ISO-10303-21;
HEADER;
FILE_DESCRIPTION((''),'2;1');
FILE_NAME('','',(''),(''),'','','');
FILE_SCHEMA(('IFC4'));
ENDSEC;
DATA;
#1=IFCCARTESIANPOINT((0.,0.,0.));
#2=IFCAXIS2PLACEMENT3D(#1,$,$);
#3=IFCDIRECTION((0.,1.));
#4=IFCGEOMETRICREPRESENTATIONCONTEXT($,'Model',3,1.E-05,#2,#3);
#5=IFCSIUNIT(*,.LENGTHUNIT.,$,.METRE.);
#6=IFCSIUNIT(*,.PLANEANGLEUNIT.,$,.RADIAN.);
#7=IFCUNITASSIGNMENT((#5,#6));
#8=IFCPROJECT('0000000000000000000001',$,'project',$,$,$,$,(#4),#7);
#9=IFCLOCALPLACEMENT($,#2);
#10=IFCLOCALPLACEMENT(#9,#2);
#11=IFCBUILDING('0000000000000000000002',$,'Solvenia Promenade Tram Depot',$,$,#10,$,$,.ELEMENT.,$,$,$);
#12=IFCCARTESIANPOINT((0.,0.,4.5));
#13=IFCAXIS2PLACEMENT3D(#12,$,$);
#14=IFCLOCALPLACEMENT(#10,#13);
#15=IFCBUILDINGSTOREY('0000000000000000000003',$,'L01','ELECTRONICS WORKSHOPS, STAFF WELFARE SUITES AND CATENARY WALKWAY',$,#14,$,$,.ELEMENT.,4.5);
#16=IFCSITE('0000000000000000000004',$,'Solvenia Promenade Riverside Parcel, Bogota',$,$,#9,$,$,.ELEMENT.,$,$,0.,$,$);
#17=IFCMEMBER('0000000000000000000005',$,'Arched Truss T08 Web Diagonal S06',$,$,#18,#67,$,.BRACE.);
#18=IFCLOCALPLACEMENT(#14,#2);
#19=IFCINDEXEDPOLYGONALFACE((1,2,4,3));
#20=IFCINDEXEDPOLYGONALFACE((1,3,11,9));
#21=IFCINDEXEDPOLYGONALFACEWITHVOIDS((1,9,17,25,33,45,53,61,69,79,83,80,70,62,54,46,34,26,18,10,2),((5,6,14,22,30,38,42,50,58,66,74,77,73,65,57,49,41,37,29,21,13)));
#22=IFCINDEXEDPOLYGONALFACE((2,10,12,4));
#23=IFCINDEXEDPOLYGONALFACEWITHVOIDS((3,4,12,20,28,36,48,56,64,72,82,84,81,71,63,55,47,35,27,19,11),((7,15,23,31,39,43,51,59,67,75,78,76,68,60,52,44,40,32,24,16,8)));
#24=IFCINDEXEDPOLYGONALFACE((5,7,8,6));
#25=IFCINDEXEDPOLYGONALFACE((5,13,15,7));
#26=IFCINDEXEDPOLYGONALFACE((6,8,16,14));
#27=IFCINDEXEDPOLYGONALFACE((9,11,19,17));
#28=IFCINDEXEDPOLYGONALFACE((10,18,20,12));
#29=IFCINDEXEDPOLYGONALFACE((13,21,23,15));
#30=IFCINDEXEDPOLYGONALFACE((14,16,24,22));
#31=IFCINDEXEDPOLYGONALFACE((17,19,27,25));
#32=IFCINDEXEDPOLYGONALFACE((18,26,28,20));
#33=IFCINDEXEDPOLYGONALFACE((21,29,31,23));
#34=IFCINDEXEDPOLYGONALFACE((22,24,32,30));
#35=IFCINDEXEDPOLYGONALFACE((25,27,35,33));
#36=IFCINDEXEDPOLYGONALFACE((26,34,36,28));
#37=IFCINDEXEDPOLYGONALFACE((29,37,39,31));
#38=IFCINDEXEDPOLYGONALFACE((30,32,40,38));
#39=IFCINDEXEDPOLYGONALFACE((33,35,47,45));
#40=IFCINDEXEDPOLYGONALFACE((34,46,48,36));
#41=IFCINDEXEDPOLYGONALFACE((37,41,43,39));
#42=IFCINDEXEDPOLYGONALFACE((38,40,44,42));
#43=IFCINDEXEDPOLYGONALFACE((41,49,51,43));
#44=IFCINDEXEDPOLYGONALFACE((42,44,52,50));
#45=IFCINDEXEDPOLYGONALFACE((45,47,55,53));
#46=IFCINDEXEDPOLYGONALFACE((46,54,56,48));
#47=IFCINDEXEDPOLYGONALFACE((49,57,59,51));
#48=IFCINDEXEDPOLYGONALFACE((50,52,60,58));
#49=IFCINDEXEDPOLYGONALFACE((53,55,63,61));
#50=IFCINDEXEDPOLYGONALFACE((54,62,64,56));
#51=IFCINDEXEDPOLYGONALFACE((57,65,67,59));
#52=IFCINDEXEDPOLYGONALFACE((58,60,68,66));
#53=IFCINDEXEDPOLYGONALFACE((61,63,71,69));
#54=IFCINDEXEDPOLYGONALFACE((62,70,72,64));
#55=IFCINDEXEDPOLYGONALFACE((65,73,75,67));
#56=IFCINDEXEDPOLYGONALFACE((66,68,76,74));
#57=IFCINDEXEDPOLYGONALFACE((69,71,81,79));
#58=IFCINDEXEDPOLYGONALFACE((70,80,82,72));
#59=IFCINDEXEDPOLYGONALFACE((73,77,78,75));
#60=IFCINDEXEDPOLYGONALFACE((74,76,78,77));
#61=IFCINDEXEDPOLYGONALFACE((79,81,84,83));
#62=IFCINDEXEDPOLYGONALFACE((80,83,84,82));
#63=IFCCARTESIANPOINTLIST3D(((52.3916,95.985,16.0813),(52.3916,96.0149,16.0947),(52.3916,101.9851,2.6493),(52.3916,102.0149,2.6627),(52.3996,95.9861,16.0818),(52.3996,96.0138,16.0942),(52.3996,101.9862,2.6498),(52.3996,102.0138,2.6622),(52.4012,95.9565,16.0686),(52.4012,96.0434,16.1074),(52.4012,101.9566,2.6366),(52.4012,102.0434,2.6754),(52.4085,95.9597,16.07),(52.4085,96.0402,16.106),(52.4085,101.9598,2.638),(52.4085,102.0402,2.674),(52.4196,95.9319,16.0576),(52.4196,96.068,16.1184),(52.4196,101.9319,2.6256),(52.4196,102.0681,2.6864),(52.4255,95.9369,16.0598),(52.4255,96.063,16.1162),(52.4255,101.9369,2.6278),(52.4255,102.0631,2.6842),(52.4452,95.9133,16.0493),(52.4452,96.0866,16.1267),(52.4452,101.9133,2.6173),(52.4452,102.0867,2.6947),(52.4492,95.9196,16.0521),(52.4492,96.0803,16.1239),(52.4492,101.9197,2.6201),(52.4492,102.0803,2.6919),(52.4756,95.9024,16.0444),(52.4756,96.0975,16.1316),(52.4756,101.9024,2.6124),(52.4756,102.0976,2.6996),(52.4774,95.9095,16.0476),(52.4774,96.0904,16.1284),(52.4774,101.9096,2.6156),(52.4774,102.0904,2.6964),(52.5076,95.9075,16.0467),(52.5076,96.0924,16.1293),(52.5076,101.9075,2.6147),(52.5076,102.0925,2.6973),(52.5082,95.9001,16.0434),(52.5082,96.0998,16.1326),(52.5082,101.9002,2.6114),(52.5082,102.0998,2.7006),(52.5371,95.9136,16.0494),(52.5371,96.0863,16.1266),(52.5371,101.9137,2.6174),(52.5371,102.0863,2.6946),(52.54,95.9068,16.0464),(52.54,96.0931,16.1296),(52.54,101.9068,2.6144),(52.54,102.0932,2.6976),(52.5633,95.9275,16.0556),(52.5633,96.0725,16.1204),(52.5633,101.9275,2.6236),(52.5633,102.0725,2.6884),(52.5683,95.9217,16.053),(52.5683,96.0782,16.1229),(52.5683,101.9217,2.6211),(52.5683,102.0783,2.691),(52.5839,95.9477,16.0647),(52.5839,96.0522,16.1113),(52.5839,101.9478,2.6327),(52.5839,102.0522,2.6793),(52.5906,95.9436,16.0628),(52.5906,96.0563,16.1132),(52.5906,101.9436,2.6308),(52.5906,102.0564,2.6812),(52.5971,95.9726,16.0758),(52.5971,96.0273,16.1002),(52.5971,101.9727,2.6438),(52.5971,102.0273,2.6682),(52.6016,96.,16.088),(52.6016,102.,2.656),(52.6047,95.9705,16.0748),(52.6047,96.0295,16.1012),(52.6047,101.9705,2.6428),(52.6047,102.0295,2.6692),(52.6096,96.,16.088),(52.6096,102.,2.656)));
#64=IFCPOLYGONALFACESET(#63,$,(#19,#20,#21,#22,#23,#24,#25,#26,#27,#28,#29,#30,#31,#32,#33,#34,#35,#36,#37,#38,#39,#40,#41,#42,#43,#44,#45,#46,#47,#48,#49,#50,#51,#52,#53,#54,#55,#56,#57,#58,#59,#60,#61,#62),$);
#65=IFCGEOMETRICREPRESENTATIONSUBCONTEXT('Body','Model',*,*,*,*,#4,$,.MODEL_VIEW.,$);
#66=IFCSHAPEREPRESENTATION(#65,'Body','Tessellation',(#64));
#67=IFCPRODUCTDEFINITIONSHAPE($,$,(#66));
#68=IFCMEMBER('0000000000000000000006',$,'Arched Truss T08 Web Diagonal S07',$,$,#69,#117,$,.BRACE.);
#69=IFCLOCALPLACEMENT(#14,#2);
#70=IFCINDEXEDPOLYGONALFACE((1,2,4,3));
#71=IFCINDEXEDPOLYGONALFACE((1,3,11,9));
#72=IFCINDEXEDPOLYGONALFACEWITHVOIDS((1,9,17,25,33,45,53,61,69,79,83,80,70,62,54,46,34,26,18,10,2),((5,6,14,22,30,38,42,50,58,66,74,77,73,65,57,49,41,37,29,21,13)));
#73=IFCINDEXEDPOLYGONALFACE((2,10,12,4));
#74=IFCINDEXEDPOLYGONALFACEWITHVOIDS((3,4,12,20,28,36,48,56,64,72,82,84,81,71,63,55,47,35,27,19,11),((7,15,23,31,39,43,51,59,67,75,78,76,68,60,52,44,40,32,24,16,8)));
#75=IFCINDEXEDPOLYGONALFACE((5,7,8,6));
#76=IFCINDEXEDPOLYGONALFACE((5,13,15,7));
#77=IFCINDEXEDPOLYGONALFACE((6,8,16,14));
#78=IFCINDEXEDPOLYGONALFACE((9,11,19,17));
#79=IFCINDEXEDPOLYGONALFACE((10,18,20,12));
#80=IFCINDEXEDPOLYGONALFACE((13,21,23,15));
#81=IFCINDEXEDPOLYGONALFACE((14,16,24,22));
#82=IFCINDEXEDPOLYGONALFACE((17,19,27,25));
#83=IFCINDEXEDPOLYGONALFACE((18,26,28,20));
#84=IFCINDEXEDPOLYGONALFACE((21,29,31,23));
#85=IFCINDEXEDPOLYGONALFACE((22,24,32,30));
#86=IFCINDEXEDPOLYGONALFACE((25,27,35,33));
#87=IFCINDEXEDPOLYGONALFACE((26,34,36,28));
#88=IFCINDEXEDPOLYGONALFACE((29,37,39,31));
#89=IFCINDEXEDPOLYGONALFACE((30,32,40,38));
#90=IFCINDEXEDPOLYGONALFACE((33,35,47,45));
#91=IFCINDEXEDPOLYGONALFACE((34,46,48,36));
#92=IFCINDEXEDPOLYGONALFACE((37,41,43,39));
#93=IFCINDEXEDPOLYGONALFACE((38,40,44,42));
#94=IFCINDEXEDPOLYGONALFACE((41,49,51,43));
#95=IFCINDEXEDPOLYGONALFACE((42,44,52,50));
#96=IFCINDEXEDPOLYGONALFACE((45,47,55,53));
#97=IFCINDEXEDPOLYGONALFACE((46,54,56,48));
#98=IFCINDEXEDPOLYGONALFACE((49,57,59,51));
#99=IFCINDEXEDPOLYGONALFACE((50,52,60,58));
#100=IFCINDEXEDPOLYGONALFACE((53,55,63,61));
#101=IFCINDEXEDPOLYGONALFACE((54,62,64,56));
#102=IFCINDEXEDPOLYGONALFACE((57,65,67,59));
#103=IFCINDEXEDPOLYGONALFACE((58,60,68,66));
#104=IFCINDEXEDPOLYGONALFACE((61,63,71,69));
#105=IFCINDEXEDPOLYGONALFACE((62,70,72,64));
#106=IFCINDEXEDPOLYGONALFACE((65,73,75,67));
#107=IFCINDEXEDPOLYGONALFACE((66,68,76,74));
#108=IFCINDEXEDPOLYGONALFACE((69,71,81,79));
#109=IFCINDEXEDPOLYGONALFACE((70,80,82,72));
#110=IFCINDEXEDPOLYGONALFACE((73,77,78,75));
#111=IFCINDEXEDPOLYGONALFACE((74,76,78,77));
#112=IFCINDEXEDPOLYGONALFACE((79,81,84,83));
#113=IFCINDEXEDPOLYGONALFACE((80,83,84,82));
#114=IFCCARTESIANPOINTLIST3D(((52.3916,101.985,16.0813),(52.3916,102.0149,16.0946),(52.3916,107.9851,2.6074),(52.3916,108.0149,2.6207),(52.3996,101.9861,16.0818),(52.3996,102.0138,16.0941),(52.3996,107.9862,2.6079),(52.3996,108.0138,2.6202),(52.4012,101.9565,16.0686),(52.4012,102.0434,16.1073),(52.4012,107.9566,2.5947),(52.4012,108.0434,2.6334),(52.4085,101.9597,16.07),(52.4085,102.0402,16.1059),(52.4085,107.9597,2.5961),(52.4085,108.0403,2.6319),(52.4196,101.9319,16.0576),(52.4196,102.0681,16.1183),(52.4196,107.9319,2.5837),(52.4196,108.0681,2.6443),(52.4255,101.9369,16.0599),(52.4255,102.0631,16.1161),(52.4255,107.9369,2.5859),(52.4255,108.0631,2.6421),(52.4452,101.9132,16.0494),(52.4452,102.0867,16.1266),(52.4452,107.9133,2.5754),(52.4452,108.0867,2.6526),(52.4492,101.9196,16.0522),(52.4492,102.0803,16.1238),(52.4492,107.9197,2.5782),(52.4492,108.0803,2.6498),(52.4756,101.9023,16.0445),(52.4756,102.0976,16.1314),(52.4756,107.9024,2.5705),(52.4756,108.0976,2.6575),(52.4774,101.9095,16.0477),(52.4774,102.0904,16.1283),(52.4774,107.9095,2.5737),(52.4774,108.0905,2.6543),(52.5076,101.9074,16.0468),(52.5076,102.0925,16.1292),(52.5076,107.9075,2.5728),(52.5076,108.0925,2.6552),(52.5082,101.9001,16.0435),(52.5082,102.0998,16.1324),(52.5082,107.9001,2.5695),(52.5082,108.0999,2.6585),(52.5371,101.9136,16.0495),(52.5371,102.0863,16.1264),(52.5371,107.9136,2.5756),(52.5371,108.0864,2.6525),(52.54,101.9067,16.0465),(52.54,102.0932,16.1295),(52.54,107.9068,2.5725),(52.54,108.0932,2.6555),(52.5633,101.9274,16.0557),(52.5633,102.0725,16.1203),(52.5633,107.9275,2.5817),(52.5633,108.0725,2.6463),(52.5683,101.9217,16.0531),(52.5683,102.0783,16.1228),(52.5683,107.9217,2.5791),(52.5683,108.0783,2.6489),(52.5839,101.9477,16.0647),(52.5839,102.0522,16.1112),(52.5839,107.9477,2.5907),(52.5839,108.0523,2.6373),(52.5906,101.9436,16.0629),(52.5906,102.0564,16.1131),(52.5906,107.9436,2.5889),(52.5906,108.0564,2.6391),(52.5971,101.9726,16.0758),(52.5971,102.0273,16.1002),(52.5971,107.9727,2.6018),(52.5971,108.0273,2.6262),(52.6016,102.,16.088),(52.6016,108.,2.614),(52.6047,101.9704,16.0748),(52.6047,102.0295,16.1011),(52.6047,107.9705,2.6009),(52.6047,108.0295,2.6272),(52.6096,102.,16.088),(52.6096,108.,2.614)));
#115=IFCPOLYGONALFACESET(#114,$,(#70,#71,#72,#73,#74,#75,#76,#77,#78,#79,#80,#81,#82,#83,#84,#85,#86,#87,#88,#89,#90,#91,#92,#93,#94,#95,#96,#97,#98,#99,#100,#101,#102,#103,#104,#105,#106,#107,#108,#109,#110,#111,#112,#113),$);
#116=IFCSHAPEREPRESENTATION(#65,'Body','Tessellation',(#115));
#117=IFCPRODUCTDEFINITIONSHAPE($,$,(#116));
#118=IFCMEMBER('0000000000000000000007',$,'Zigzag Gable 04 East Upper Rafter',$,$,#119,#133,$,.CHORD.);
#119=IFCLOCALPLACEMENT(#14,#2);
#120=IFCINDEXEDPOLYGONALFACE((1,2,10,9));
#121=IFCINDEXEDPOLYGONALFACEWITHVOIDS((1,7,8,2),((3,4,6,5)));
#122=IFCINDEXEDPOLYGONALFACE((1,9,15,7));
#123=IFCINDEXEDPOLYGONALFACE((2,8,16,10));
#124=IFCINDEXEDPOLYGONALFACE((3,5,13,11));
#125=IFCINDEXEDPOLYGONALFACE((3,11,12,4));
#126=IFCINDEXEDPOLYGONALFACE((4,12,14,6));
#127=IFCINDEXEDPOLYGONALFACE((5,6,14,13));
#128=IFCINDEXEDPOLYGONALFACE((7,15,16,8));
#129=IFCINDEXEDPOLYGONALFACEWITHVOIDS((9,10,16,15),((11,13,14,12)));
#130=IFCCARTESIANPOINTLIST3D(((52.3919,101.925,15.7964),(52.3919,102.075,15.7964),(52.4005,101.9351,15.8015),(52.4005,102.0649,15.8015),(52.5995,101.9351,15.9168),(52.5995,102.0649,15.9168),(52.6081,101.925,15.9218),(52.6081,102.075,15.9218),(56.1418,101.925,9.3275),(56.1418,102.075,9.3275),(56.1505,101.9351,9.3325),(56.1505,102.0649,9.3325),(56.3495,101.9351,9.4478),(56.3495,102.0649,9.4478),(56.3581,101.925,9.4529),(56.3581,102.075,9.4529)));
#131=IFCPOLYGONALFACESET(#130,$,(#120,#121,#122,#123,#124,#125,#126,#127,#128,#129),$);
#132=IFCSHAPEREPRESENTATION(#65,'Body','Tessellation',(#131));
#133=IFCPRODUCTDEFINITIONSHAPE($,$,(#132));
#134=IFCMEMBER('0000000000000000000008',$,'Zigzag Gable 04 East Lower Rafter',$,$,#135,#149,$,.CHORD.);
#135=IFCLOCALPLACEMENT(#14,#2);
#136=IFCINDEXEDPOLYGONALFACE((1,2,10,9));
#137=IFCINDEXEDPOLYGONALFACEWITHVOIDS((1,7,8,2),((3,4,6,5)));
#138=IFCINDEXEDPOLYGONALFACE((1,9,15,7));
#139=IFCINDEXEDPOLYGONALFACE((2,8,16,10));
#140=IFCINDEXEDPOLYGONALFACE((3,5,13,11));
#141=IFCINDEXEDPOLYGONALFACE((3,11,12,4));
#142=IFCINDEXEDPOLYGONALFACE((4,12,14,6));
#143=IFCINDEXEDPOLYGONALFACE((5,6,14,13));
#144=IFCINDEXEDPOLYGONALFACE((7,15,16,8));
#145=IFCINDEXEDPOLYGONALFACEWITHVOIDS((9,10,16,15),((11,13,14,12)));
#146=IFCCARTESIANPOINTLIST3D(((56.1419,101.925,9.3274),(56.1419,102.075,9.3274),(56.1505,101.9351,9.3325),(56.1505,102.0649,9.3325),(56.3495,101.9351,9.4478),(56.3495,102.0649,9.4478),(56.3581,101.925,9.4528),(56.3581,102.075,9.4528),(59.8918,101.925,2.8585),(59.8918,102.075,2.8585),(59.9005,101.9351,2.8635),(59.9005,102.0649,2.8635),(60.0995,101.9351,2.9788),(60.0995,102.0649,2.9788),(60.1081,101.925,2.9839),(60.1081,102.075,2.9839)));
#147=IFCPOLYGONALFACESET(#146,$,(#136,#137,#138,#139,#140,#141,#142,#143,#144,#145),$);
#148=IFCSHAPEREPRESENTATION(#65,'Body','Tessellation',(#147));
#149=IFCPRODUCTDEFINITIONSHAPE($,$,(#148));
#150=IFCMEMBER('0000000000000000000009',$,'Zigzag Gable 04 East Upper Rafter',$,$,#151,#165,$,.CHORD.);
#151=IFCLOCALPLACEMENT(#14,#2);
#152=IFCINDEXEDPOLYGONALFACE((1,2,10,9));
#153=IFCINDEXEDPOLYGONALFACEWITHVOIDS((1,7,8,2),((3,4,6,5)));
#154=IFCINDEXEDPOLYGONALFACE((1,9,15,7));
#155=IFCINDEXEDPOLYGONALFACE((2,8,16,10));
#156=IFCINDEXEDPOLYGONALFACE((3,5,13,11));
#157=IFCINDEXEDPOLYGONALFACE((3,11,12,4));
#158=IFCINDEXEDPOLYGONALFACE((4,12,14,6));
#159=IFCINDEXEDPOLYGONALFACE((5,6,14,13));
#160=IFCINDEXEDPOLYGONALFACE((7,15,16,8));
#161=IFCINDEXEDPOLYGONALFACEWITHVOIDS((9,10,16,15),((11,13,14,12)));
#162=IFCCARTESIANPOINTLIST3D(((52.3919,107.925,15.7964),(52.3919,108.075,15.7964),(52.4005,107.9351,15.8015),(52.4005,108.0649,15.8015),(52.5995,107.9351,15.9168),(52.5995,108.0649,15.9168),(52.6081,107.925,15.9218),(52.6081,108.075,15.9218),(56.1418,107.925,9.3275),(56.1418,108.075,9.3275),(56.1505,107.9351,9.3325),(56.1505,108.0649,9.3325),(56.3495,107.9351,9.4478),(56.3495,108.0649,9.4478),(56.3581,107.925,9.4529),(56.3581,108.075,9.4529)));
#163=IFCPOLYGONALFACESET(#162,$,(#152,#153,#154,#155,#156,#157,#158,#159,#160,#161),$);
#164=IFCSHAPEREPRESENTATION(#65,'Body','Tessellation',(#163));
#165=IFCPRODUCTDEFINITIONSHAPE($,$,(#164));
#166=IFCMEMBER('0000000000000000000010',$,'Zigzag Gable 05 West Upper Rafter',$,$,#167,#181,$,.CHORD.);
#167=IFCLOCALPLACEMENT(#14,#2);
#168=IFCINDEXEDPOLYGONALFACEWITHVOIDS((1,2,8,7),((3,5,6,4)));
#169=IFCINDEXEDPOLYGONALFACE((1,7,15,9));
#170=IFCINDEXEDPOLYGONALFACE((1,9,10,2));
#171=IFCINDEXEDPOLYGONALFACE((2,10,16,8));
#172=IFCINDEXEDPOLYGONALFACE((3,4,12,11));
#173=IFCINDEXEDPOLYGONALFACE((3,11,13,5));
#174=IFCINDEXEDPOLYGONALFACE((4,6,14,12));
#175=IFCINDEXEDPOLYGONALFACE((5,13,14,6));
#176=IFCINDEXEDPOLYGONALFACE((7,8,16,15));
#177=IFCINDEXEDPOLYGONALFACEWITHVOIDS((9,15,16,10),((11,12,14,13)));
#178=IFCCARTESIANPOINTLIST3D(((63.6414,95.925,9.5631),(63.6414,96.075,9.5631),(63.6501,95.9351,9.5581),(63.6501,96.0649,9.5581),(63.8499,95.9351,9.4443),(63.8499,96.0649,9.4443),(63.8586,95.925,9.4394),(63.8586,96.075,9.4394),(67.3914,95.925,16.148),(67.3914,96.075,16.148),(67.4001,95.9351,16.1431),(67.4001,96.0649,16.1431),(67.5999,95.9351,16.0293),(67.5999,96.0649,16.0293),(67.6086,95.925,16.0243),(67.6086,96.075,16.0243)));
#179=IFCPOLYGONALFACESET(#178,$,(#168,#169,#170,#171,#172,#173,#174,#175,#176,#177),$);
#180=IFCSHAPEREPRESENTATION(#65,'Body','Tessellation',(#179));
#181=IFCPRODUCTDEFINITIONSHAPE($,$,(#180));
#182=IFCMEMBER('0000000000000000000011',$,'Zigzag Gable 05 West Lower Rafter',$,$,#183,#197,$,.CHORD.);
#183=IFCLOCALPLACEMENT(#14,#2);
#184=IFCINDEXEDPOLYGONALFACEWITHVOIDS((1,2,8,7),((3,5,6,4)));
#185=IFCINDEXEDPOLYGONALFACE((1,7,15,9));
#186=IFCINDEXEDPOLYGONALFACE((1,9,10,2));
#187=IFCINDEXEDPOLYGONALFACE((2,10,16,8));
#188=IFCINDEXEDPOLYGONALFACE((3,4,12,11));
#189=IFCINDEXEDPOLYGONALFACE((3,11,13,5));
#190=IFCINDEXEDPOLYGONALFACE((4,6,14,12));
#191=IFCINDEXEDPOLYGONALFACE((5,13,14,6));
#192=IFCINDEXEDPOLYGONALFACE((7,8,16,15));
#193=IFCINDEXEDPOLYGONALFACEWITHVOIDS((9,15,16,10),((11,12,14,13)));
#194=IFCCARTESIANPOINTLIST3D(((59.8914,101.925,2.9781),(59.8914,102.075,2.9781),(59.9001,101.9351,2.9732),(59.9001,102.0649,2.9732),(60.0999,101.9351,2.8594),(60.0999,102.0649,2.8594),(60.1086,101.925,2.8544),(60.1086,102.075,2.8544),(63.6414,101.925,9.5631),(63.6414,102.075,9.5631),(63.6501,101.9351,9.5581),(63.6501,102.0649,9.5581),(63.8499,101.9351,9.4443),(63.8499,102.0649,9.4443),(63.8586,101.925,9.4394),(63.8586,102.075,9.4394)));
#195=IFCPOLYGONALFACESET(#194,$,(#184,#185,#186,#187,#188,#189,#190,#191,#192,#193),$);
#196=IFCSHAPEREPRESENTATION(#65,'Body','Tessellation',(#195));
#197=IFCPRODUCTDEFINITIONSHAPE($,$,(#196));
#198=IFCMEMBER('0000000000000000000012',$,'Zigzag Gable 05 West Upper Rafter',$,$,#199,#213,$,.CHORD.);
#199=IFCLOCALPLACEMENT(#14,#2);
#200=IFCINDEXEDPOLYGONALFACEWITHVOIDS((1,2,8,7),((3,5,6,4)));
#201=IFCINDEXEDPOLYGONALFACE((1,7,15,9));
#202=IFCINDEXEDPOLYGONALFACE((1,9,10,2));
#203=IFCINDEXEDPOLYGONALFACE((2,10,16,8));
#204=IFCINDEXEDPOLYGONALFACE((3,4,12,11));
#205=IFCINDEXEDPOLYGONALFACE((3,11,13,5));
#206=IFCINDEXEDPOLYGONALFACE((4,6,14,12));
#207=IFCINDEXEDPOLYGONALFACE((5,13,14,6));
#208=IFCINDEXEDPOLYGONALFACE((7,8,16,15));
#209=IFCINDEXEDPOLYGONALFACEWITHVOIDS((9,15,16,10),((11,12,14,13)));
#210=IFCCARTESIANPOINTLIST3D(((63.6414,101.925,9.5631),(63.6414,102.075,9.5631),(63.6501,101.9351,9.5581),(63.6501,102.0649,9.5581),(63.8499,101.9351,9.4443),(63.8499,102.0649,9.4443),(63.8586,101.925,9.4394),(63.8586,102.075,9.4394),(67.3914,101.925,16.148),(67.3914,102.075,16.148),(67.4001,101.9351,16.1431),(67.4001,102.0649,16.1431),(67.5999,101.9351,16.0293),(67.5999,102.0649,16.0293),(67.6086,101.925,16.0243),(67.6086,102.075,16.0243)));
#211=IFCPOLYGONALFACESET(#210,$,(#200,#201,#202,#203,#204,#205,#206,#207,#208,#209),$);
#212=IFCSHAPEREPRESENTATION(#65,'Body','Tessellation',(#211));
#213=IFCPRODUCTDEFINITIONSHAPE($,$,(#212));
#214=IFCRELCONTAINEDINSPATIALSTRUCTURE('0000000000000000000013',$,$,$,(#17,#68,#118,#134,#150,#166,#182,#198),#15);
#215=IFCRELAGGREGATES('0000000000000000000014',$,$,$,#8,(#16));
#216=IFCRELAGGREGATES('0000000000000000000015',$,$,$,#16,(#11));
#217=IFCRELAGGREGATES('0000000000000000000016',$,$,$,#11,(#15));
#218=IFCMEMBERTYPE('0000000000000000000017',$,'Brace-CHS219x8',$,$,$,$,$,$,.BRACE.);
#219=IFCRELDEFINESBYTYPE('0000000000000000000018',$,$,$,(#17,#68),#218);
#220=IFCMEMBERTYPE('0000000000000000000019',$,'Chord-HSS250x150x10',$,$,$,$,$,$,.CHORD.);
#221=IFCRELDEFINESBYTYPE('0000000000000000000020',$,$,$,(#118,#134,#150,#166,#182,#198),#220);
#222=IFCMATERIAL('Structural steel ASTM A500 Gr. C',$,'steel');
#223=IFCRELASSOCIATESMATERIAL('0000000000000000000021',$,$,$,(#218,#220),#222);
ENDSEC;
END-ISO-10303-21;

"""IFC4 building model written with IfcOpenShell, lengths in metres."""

from ifc_helpers import new_model, si_unit, direction, frame, origin, origin_2d, place, context, subcontext, project, spatial, hollow_rectangle, hollow_circle, extrude, material, material_profile, profile_set, type_object, element, save


model = new_model("IFC4")

# Units and contexts
model_context = context("Model", 3, precision=1e-05, world=origin(), true_north=direction((0.0, 1.0)))
body_context = subcontext(model_context, "Body", "Model", "MODEL_VIEW")
ifc_project = project(units=[si_unit("LENGTHUNIT", "METRE"), si_unit("PLANEANGLEUNIT", "RADIAN")], contexts=[model_context])

# Site, building, storey
site_placement = place(None, origin())
site = spatial("IfcSite", under=ifc_project, at=site_placement, Name="Solvenia Promenade Riverside Parcel, Bogota", CompositionType="ELEMENT", RefElevation=0.0)
building_placement = place(site_placement, origin())
building = spatial("IfcBuilding", under=site, at=building_placement, Name="Solvenia Promenade Tram Depot", CompositionType="ELEMENT")
storey_placement = place(building_placement, frame((0.0, 0.0, 4.5)))
storey = spatial("IfcBuildingStorey", under=building, at=storey_placement, Name="L01", Description="ELECTRONICS WORKSHOPS, STAFF WELFARE SUITES AND CATENARY WALKWAY", CompositionType="ELEMENT", Elevation=4.5)

# Members
ifc_material_1 = material(Name="Structural steel ASTM A500 Gr. C", Category="steel")
ifc_material_profile_1 = material_profile(ifc_material_1, hollow_circle(Radius=0.1096, WallThickness=0.0081, at=origin_2d()), Name="CHS219.1x8", Category="steel")
ifc_profile_set_1 = profile_set([ifc_material_profile_1], Name="Structural steel ASTM A500 Gr. C")
member_type_1 = type_object("IfcMemberType", Name="Brace-CHS219x8", PredefinedType="BRACE", material=ifc_profile_set_1)
member_1_placement = place(storey_placement, frame((52.5, 102.0, 2.656), z_axis=(0.0, -0.407856, 0.913046), x_axis=(1.0, 0.0, 0.0)))
element("IfcMember", 1, at=member_1_placement, inside=storey, type_object=member_type_1, Name="Arched Truss T08 Web Diagonal S06", PredefinedType="BRACE", context=body_context, shape_type="SweptSolid", body=[
    extrude(hollow_circle(Radius=0.1096, WallThickness=0.0081, at=origin_2d()), origin(), (0.0, 0.0, 1.0), 14.7112),
])
member_2_placement = place(storey_placement, frame((52.5, 108.0, 2.614), z_axis=(0.0, -0.406796, 0.913519), x_axis=(1.0, 0.0, 0.0)))
element("IfcMember", 2, at=member_2_placement, inside=storey, type_object=member_type_1, Name="Arched Truss T08 Web Diagonal S07", PredefinedType="BRACE", context=body_context, shape_type="SweptSolid", body=[
    extrude(hollow_circle(Radius=0.1096, WallThickness=0.0081, at=origin_2d()), origin(), (0.0, 0.0, 1.0), 14.7495),
])
ifc_material_profile_2 = material_profile(ifc_material_1, hollow_rectangle(XDim=0.1499, YDim=0.25, WallThickness=0.01, at=origin_2d()), Name="HSS250x150x10", Category="steel")
ifc_profile_set_2 = profile_set([ifc_material_profile_2], Name="Structural steel ASTM A500 Gr. C")
member_type_2 = type_object("IfcMemberType", Name="Chord-HSS250x150x10", PredefinedType="CHORD", material=ifc_profile_set_2)
for number, where, z_axis, x_axis, name in (
    (3, (52.5, 102.0, 15.8591), (0.501516, 0.0, -0.865148), (0.0, 1.0, 0.0), "Zigzag Gable 04 East Upper Rafter"),
    (4, (56.25, 102.0, 9.3901), (0.501516, 0.0, -0.865148), (0.0, 1.0, 0.0), "Zigzag Gable 04 East Lower Rafter"),
    (5, (52.5, 108.0, 15.8591), (0.501516, 0.0, -0.865148), (0.0, 1.0, 0.0), "Zigzag Gable 04 East Upper Rafter"),
):
    element("IfcMember", number, at=place(storey_placement, frame(where, z_axis=z_axis, x_axis=x_axis)), inside=storey, type_object=member_type_2, Name=name, PredefinedType="CHORD", context=body_context, shape_type="SweptSolid", body=[
        extrude(hollow_rectangle(XDim=0.1499, YDim=0.25, WallThickness=0.01, at=origin_2d()), origin(), (0.0, 0.0, 1.0), 7.4773),
    ])
for number, where, z_axis, x_axis, name in (
    (6, (63.75, 96.0, 9.5012), (0.494862, 0.0, 0.868972), (0.0, 1.0, 0.0), "Zigzag Gable 05 West Upper Rafter"),
    (7, (60.0, 102.0, 2.9163), (0.494862, 0.0, 0.868972), (0.0, 1.0, 0.0), "Zigzag Gable 05 West Lower Rafter"),
    (8, (63.75, 102.0, 9.5012), (0.494862, 0.0, 0.868972), (0.0, 1.0, 0.0), "Zigzag Gable 05 West Upper Rafter"),
):
    element("IfcMember", number, at=place(storey_placement, frame(where, z_axis=z_axis, x_axis=x_axis)), inside=storey, type_object=member_type_2, Name=name, PredefinedType="CHORD", context=body_context, shape_type="SweptSolid", body=[
        extrude(hollow_rectangle(XDim=0.1499, YDim=0.25, WallThickness=0.01, at=origin_2d()), origin(), (0.0, 0.0, 1.0), 7.5779),
    ])

save(model, "model.ifc")
